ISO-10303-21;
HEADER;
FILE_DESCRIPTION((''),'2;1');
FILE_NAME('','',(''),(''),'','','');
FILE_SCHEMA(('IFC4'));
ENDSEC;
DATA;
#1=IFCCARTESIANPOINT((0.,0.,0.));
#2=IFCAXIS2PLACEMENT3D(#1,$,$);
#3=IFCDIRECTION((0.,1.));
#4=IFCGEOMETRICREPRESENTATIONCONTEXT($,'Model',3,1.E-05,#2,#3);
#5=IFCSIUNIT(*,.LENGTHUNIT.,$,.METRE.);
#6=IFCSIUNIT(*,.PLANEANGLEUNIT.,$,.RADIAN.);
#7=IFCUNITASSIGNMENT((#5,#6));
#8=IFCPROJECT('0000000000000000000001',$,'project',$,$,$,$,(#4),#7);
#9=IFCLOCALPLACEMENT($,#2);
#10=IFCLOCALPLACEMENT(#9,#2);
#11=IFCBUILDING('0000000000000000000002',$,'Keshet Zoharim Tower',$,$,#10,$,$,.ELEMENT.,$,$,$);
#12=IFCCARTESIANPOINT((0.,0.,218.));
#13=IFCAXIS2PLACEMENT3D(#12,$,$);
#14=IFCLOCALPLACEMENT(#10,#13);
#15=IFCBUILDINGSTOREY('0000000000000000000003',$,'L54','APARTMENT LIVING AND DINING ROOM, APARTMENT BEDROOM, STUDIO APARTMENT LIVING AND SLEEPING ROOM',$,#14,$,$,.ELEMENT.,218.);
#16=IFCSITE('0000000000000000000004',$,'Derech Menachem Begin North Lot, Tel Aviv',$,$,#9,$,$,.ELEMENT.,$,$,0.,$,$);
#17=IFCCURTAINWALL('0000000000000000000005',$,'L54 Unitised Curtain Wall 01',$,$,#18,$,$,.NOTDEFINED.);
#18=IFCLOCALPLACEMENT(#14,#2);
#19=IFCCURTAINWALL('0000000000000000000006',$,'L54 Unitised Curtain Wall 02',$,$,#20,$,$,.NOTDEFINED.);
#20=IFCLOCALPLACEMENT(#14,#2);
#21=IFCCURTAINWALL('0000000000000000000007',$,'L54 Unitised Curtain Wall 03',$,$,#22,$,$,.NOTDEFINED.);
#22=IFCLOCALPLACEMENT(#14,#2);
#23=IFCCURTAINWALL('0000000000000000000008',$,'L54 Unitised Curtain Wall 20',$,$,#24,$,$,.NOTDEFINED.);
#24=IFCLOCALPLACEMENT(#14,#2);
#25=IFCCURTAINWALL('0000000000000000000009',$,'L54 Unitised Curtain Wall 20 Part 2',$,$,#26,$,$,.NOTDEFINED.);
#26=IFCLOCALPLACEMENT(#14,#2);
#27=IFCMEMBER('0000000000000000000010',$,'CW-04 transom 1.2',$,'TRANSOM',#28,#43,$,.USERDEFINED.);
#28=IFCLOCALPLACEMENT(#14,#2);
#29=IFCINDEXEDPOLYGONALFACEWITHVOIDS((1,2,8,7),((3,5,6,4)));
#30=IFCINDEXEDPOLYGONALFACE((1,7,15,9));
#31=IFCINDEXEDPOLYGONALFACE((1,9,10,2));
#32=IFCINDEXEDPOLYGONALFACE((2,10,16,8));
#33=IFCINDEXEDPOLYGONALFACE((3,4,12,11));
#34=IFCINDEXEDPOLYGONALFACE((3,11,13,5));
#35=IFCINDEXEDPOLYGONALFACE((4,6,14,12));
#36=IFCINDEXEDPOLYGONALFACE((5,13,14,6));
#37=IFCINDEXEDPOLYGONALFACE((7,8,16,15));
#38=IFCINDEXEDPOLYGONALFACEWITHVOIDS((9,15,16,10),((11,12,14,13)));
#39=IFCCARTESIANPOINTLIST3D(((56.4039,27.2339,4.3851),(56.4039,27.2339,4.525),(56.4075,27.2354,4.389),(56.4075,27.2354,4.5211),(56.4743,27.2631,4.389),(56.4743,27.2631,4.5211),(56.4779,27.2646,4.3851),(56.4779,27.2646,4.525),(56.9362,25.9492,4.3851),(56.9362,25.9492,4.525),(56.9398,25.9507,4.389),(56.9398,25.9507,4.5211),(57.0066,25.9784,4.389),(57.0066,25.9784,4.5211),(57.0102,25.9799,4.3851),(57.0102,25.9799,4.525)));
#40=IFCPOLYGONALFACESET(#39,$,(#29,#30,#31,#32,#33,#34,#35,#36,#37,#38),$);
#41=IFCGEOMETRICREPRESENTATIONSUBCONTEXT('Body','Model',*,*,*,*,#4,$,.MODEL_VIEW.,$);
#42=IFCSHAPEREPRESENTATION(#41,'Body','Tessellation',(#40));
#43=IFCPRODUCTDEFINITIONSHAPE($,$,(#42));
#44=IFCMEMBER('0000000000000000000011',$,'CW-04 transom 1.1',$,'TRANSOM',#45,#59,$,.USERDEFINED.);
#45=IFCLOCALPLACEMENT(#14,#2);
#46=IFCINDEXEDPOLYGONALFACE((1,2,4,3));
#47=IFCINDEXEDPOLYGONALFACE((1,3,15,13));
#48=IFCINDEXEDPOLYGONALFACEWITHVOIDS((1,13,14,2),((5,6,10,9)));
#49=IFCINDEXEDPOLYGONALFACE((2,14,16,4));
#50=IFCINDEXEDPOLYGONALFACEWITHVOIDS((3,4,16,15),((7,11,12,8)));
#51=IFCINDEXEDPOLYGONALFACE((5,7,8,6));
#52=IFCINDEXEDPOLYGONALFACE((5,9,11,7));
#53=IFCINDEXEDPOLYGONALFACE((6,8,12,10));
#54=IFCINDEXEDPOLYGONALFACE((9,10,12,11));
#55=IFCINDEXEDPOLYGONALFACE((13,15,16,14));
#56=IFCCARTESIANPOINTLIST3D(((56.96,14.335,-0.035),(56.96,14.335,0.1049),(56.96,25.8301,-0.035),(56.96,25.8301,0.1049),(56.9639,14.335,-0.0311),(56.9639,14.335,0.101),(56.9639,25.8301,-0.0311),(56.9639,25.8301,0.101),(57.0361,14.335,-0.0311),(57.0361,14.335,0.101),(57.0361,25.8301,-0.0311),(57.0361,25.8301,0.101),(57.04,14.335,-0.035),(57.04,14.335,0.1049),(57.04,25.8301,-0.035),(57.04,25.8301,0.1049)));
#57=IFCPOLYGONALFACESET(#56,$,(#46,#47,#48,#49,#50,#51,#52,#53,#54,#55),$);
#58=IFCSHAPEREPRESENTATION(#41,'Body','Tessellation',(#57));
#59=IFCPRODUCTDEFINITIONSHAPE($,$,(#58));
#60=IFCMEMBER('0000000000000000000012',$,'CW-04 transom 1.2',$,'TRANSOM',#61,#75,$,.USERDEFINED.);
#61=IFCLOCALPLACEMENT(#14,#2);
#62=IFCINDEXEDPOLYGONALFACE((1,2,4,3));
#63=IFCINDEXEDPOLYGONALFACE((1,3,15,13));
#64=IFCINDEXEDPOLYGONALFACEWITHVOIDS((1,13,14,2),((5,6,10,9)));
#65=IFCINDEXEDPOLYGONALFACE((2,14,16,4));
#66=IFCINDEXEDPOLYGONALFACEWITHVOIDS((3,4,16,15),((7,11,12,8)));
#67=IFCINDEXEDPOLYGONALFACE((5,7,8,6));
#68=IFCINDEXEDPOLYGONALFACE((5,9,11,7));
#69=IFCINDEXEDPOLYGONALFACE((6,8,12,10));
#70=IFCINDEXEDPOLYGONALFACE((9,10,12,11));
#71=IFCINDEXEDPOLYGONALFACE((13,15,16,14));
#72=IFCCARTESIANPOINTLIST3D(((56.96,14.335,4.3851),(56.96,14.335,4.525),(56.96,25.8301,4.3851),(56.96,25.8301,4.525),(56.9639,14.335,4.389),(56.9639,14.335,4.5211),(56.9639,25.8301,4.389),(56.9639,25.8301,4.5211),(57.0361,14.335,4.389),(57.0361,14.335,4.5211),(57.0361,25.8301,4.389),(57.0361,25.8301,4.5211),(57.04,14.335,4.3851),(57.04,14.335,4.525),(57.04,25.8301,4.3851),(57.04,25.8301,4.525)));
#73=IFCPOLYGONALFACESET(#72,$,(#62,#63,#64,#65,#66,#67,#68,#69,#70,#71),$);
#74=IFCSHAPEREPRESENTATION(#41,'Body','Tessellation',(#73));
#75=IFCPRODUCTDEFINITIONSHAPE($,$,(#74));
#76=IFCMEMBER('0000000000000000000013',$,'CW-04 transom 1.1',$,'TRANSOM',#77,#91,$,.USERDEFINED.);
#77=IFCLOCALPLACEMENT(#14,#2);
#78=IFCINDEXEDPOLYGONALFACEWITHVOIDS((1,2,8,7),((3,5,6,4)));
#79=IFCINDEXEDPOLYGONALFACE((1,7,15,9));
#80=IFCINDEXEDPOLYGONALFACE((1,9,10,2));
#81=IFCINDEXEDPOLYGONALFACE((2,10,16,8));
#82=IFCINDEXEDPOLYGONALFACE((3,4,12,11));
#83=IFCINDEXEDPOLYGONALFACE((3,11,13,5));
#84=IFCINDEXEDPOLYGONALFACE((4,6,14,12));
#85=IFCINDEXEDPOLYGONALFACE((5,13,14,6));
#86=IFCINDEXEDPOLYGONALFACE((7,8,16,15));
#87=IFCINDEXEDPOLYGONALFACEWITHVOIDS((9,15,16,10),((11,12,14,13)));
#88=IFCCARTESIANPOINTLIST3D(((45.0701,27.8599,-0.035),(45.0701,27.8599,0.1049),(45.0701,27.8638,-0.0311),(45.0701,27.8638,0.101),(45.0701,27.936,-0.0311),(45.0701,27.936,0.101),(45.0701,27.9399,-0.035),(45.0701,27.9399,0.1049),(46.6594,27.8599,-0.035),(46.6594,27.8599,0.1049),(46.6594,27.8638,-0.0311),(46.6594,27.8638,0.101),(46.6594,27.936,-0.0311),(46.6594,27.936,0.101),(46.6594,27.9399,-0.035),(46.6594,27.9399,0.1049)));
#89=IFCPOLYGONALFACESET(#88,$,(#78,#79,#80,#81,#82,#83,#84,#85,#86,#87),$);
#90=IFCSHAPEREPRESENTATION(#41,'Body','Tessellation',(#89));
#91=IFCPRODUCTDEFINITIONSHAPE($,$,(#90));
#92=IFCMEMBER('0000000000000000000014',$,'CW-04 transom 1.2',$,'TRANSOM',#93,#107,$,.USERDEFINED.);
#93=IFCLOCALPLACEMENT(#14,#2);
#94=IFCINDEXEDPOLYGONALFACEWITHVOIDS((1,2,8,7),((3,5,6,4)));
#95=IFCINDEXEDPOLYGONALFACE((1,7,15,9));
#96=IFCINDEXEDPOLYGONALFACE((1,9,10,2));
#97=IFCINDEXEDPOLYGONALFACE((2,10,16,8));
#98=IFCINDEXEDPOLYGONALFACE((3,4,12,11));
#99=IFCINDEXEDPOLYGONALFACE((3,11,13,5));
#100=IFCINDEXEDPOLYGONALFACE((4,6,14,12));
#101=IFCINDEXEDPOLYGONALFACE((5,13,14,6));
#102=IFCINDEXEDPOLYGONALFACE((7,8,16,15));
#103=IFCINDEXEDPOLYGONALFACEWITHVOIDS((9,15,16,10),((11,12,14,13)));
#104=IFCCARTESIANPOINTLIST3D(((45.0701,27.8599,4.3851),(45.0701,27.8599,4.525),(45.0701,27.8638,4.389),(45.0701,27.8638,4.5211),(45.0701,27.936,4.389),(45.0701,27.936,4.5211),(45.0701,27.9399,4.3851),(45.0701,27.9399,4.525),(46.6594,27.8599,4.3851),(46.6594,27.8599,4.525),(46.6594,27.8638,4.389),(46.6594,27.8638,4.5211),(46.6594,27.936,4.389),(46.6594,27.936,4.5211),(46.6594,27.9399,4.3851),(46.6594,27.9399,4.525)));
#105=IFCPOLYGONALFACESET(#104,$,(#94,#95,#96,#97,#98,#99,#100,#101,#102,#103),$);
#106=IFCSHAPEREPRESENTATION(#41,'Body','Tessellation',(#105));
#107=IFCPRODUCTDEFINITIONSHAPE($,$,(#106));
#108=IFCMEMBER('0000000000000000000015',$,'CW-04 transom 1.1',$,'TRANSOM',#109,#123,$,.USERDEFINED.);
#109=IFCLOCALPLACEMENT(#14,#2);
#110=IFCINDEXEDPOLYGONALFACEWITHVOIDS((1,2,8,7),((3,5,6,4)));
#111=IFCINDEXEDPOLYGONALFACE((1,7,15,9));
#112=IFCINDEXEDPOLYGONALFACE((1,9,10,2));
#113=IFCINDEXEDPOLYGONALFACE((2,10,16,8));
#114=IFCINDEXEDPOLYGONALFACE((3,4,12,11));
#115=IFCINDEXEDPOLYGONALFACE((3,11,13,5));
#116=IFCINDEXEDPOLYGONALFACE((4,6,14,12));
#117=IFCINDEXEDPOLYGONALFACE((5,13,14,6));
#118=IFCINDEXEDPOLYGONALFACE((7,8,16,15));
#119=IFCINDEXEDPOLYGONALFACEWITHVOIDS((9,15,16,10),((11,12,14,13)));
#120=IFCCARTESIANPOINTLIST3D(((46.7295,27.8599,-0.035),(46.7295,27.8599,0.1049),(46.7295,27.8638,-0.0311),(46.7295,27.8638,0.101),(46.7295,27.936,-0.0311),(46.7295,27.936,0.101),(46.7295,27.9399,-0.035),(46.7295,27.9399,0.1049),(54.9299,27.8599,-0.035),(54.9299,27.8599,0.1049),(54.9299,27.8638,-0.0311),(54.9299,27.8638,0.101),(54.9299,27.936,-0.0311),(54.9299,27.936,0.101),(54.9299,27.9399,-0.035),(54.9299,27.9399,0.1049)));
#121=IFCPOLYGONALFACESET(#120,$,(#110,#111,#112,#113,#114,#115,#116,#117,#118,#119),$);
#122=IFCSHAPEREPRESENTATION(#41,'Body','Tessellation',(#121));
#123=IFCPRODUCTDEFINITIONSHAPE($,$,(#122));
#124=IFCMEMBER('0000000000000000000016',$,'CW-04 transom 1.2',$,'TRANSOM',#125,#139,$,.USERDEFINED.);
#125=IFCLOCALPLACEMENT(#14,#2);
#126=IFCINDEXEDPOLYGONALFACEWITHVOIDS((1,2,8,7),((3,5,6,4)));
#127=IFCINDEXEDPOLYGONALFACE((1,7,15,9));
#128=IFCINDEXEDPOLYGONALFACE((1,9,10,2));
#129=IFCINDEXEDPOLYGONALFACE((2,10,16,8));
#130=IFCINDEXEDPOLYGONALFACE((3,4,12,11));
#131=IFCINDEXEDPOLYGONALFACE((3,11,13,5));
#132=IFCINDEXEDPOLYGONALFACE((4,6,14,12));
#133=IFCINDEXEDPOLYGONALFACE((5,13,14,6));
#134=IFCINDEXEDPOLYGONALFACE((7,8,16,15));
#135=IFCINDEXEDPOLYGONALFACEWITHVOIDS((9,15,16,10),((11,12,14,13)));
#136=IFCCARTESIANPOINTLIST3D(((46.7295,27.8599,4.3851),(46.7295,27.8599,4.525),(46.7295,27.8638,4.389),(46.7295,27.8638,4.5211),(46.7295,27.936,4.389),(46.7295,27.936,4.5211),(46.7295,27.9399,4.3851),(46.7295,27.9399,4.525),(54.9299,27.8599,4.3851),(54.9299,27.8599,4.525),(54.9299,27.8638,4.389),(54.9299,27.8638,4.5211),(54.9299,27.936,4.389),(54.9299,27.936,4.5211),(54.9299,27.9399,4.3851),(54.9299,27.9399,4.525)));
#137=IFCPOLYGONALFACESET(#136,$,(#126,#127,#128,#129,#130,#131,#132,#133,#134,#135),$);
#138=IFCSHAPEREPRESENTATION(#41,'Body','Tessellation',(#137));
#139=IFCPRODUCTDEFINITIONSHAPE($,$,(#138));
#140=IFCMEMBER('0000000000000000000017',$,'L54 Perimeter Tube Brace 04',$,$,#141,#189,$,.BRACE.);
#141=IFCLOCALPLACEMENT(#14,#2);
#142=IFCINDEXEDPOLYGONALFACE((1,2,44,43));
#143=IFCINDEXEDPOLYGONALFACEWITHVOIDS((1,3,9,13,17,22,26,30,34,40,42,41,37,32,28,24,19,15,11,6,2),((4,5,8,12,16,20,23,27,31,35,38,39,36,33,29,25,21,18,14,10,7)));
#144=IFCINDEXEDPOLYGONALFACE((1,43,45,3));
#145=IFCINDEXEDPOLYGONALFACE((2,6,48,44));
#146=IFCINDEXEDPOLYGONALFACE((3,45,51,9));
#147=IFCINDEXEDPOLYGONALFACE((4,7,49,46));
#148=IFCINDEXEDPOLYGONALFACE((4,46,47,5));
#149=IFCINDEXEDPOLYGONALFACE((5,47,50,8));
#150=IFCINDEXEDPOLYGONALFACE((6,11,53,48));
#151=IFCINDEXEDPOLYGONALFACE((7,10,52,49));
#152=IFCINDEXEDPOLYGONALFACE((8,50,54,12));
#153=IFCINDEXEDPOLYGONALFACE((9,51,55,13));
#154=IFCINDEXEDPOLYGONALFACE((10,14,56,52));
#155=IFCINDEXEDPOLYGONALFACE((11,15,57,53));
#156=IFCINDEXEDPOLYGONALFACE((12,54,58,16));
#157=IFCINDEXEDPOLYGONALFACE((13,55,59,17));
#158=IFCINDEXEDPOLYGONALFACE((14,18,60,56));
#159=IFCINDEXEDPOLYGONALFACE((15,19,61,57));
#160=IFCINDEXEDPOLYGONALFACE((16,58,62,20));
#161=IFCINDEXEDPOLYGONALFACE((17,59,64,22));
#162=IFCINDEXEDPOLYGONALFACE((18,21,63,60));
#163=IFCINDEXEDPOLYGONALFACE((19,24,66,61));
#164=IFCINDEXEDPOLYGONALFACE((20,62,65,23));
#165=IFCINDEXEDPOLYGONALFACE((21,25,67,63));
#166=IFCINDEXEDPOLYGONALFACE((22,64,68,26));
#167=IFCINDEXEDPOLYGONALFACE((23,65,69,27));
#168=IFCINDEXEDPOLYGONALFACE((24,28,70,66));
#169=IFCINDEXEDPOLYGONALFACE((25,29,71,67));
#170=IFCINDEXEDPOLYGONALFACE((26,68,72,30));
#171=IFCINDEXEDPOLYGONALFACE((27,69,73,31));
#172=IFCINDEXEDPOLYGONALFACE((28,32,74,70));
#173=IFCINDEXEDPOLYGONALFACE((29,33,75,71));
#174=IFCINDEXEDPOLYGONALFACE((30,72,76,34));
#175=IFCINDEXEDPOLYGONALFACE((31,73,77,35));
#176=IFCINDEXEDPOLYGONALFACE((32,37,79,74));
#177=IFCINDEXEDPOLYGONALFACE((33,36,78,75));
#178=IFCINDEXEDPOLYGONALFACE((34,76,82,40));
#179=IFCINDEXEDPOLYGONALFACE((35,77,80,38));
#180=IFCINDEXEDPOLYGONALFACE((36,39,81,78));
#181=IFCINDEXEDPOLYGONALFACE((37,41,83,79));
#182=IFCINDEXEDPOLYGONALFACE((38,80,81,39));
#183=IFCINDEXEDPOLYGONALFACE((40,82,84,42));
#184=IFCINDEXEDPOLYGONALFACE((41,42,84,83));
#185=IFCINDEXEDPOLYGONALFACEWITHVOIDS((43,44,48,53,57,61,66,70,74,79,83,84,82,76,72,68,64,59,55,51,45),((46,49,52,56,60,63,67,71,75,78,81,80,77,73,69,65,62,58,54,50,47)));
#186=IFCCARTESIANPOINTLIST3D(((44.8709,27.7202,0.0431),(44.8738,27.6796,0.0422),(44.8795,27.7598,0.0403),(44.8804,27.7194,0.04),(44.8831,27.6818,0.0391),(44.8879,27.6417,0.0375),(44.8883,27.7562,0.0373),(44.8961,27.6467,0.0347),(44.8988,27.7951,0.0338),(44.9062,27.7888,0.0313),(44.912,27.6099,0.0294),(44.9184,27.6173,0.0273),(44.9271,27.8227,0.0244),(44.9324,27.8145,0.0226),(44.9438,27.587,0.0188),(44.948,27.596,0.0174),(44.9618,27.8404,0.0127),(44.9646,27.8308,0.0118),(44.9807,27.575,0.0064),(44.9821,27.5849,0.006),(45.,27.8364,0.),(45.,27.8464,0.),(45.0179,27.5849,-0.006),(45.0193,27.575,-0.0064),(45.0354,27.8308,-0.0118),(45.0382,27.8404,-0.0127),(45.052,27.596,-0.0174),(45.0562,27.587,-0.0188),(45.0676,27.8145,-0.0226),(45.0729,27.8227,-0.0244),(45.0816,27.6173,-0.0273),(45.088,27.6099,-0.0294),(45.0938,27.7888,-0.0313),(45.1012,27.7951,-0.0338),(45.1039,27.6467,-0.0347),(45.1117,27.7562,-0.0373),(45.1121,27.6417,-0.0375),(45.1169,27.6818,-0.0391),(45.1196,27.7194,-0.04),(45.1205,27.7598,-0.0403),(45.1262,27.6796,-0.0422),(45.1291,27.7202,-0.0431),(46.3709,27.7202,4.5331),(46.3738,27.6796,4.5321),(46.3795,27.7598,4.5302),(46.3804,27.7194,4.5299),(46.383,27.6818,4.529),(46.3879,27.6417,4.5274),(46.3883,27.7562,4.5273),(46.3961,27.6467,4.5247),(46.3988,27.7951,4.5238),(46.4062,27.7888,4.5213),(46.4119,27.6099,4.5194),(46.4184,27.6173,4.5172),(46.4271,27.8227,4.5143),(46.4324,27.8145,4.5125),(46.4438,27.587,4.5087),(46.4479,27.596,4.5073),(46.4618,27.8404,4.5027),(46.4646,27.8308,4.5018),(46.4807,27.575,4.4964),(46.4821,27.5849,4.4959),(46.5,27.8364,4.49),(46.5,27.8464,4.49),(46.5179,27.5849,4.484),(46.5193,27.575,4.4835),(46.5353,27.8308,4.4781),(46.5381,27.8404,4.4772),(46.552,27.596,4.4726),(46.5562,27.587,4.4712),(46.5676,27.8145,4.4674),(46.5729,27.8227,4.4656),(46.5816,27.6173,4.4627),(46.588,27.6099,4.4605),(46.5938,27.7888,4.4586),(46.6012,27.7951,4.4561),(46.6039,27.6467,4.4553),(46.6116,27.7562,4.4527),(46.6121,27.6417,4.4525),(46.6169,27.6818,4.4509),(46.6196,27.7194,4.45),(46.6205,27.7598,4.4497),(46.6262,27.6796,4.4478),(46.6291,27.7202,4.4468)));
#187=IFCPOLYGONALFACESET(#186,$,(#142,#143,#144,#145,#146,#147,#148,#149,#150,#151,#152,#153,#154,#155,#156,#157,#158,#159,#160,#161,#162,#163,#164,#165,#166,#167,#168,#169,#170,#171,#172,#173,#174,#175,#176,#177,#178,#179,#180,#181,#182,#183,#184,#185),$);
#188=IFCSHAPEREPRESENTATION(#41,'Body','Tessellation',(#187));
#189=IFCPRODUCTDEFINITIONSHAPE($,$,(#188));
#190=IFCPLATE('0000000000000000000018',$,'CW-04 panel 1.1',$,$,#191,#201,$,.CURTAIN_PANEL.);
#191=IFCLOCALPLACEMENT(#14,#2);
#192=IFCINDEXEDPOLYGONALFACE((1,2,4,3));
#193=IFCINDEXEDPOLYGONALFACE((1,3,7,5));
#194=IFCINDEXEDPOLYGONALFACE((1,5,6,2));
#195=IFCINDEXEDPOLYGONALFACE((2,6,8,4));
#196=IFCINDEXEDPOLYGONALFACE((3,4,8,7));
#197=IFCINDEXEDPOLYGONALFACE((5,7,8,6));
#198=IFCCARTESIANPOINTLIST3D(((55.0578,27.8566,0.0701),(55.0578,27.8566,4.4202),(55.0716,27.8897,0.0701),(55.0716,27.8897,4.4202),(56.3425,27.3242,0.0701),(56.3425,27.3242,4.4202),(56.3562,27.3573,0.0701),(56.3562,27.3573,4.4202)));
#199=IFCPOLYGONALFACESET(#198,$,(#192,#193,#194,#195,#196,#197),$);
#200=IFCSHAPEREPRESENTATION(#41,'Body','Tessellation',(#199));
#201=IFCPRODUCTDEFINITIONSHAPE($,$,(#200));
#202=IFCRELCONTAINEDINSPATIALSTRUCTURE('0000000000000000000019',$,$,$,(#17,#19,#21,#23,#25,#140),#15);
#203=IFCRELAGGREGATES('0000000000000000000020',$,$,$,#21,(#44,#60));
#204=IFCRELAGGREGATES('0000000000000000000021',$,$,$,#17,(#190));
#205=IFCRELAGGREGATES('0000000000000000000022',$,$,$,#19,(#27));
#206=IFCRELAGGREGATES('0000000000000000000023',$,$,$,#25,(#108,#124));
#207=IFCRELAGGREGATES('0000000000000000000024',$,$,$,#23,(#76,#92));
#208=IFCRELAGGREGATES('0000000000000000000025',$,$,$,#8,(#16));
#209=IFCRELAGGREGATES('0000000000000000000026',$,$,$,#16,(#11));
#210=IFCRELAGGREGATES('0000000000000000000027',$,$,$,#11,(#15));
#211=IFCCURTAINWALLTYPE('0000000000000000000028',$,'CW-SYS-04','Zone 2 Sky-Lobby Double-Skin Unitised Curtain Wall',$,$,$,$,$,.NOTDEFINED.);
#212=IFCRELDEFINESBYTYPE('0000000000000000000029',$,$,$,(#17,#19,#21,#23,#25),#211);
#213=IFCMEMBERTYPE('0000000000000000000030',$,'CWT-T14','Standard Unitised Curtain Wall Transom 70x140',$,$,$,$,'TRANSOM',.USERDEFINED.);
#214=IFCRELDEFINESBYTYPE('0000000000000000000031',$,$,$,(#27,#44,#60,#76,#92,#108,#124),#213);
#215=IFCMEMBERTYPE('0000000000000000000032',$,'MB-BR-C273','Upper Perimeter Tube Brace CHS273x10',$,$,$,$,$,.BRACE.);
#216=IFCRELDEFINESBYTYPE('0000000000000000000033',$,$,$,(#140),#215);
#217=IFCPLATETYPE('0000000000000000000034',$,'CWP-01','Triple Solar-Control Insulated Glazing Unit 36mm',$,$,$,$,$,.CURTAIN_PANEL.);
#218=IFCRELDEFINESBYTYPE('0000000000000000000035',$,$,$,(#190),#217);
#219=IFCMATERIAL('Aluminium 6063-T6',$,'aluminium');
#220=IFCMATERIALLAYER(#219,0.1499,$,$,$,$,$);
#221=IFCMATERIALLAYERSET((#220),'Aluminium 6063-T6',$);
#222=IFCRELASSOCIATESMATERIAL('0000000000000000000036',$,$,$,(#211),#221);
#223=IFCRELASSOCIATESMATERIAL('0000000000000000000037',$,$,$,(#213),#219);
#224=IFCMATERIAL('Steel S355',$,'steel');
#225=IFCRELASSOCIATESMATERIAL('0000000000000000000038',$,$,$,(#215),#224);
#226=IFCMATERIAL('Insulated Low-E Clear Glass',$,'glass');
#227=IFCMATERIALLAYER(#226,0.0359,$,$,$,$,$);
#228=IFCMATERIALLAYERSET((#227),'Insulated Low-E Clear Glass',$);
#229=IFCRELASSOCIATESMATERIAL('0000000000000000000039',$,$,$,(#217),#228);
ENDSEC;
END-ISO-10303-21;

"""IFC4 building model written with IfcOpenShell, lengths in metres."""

from ifc_helpers import new_model, si_unit, direction, frame, origin, origin_2d, place, context, subcontext, project, spatial, rectangle, hollow_rectangle, hollow_circle, extrude, material, layer, layer_set, material_profile, profile_set, type_object, element, aggregate, save


model = new_model("IFC4")

# Units and contexts
model_context = context("Model", 3, precision=1e-05, world=origin(), true_north=direction((0.0, 1.0)))
body_context = subcontext(model_context, "Body", "Model", "MODEL_VIEW")
ifc_project = project(units=[si_unit("LENGTHUNIT", "METRE"), si_unit("PLANEANGLEUNIT", "RADIAN")], contexts=[model_context])

# Site, building, storey
site_placement = place(None, origin())
site = spatial("IfcSite", under=ifc_project, at=site_placement, Name="Derech Menachem Begin North Lot, Tel Aviv", CompositionType="ELEMENT", RefElevation=0.0)
building_placement = place(site_placement, origin())
building = spatial("IfcBuilding", under=site, at=building_placement, Name="Keshet Zoharim Tower", CompositionType="ELEMENT")
storey_placement = place(building_placement, frame((0.0, 0.0, 218.0)))
storey = spatial("IfcBuildingStorey", under=building, at=storey_placement, Name="L54", Description="APARTMENT LIVING AND DINING ROOM, APARTMENT BEDROOM, STUDIO APARTMENT LIVING AND SLEEPING ROOM", CompositionType="ELEMENT", Elevation=218.0)

# Shared definitions
ifc_material_1 = material(Name="Steel S355", Category="steel")

# Curtain walls
ifc_material_2 = material(Name="Aluminium 6063-T6", Category="aluminium")
ifc_layer_1 = layer(ifc_material_2, 0.1499)
ifc_layer_set_1 = layer_set([ifc_layer_1], Name="Aluminium 6063-T6")
curtain_wall_type = type_object("IfcCurtainWallType", Name="CW-SYS-04", Description="Zone 2 Sky-Lobby Double-Skin Unitised Curtain Wall", PredefinedType="NOTDEFINED", material=ifc_layer_set_1)
curtain_wall_1_placement = place(storey_placement, origin())
curtain_wall_1 = element("IfcCurtainWall", 1, at=curtain_wall_1_placement, inside=storey, type_object=curtain_wall_type, Name="L54 Unitised Curtain Wall 01", PredefinedType="NOTDEFINED")
curtain_wall_2_placement = place(storey_placement, origin())
curtain_wall_2 = element("IfcCurtainWall", 2, at=curtain_wall_2_placement, inside=storey, type_object=curtain_wall_type, Name="L54 Unitised Curtain Wall 02", PredefinedType="NOTDEFINED")

# Curtain wall
curtain_wall_3_placement = place(storey_placement, origin())
curtain_wall_3 = element("IfcCurtainWall", 3, at=curtain_wall_3_placement, inside=storey, type_object=curtain_wall_type, Name="L54 Unitised Curtain Wall 03", PredefinedType="NOTDEFINED")

# Curtain wall
curtain_wall_4_placement = place(storey_placement, origin())
curtain_wall_4 = element("IfcCurtainWall", 4, at=curtain_wall_4_placement, inside=storey, type_object=curtain_wall_type, Name="L54 Unitised Curtain Wall 20", PredefinedType="NOTDEFINED")

# Curtain wall
curtain_wall_5_placement = place(storey_placement, origin())
curtain_wall_5 = element("IfcCurtainWall", 5, at=curtain_wall_5_placement, inside=storey, type_object=curtain_wall_type, Name="L54 Unitised Curtain Wall 20 Part 2", PredefinedType="NOTDEFINED")

# Members
ifc_material_profile_1 = material_profile(ifc_material_2, hollow_rectangle(XDim=0.0801, YDim=0.1399, WallThickness=0.0039, at=origin_2d()), Name="TRN-80x140")
ifc_profile_set_1 = profile_set([ifc_material_profile_1], Name="Aluminium 6063-T6")
member_type_1 = type_object("IfcMemberType", Name="CWT-T14", Description="Standard Unitised Curtain Wall Transom 70x140", ElementType="TRANSOM", PredefinedType="USERDEFINED", material=ifc_profile_set_1)
member_1_placement = place(storey_placement, frame((56.4409, 27.2493, 4.4551), z_axis=(0.382745, -0.923854, 0.0), x_axis=(0.923854, 0.382745, 0.0)))
member_1 = element("IfcMember", 6, at=member_1_placement, type_object=member_type_1, Name="CW-04 transom 1.2", ObjectType="TRANSOM", PredefinedType="USERDEFINED", context=body_context, shape_type="SweptSolid", body=[
    extrude(hollow_rectangle(XDim=0.0801, YDim=0.1399, WallThickness=0.0039, at=origin_2d()), origin(), (0.0, 0.0, 1.0), 1.3906),
])
member_2_placement = place(storey_placement, frame((57.0, 25.8301, 0.0349), z_axis=(0.0, -1.0, 0.0), x_axis=(1.0, 0.0, 0.0)))
member_2 = element("IfcMember", 7, at=member_2_placement, type_object=member_type_1, Name="CW-04 transom 1.1", ObjectType="TRANSOM", PredefinedType="USERDEFINED", context=body_context, shape_type="SweptSolid", body=[
    extrude(hollow_rectangle(XDim=0.0801, YDim=0.1399, WallThickness=0.0039, at=origin_2d()), origin(), (0.0, 0.0, 1.0), 11.4951),
])
member_3_placement = place(storey_placement, frame((57.0, 25.8301, 4.4551), z_axis=(0.0, -1.0, 0.0), x_axis=(1.0, 0.0, 0.0)))
member_3 = element("IfcMember", 8, at=member_3_placement, type_object=member_type_1, Name="CW-04 transom 1.2", ObjectType="TRANSOM", PredefinedType="USERDEFINED", context=body_context, shape_type="SweptSolid", body=[
    extrude(hollow_rectangle(XDim=0.0801, YDim=0.1399, WallThickness=0.0039, at=origin_2d()), origin(), (0.0, 0.0, 1.0), 11.4951),
])
aggregate(curtain_wall_3, [member_2, member_3])
member_4_placement = place(storey_placement, frame((45.0701, 27.8999, 0.0349), z_axis=(1.0, 0.0, 0.0), x_axis=(0.0, 1.0, 0.0)))
member_4 = element("IfcMember", 9, at=member_4_placement, type_object=member_type_1, Name="CW-04 transom 1.1", ObjectType="TRANSOM", PredefinedType="USERDEFINED", context=body_context, shape_type="SweptSolid", body=[
    extrude(hollow_rectangle(XDim=0.0801, YDim=0.1399, WallThickness=0.0039, at=origin_2d()), origin(), (0.0, 0.0, 1.0), 1.5894),
])
member_5_placement = place(storey_placement, frame((45.0701, 27.8999, 4.4551), z_axis=(1.0, 0.0, 0.0), x_axis=(0.0, 1.0, 0.0)))
member_5 = element("IfcMember", 10, at=member_5_placement, type_object=member_type_1, Name="CW-04 transom 1.2", ObjectType="TRANSOM", PredefinedType="USERDEFINED", context=body_context, shape_type="SweptSolid", body=[
    extrude(hollow_rectangle(XDim=0.0801, YDim=0.1399, WallThickness=0.0039, at=origin_2d()), origin(), (0.0, 0.0, 1.0), 1.5894),
])
member_6_placement = place(storey_placement, frame((46.7295, 27.8999, 0.0349), z_axis=(1.0, 0.0, 0.0), x_axis=(0.0, 1.0, 0.0)))
member_6 = element("IfcMember", 11, at=member_6_placement, type_object=member_type_1, Name="CW-04 transom 1.1", ObjectType="TRANSOM", PredefinedType="USERDEFINED", context=body_context, shape_type="SweptSolid", body=[
    extrude(hollow_rectangle(XDim=0.0801, YDim=0.1399, WallThickness=0.0039, at=origin_2d()), origin(), (0.0, 0.0, 1.0), 8.2004),
])
member_7_placement = place(storey_placement, frame((46.7295, 27.8999, 4.4551), z_axis=(1.0, 0.0, 0.0), x_axis=(0.0, 1.0, 0.0)))
member_7 = element("IfcMember", 12, at=member_7_placement, type_object=member_type_1, Name="CW-04 transom 1.2", ObjectType="TRANSOM", PredefinedType="USERDEFINED", context=body_context, shape_type="SweptSolid", body=[
    extrude(hollow_rectangle(XDim=0.0801, YDim=0.1399, WallThickness=0.0039, at=origin_2d()), origin(), (0.0, 0.0, 1.0), 8.2004),
])
ifc_material_profile_2 = material_profile(ifc_material_1, hollow_circle(Radius=0.1365, WallThickness=0.01, at=origin_2d()), Name="CHS273x10")
ifc_profile_set_2 = profile_set([ifc_material_profile_2], Name="Steel S355")
member_type_2 = type_object("IfcMemberType", Name="MB-BR-C273", Description="Upper Perimeter Tube Brace CHS273x10", PredefinedType="BRACE", material=ifc_profile_set_2)
member_8_placement = place(storey_placement, frame((45.0, 27.71, 0.0), z_axis=(0.316862, 0.0, 0.948472), x_axis=(0.0, 1.0, 0.0)))
element("IfcMember", 13, at=member_8_placement, inside=storey, type_object=member_type_2, Name="L54 Perimeter Tube Brace 04", PredefinedType="BRACE", context=body_context, shape_type="SweptSolid", body=[
    extrude(hollow_circle(Radius=0.1365, WallThickness=0.01, at=origin_2d()), origin(), (0.0, 0.0, 1.0), 4.7339),
])

# Plate
ifc_material_3 = material(Name="Insulated Low-E Clear Glass", Category="glass")
ifc_layer_2 = layer(ifc_material_3, 0.0359)
ifc_layer_set_2 = layer_set([ifc_layer_2], Name="Insulated Low-E Clear Glass")
plate_type_1 = type_object("IfcPlateType", Name="CWP-01", Description="Triple Solar-Control Insulated Glazing Unit 36mm", PredefinedType="CURTAIN_PANEL", material=ifc_layer_set_2)
plate_1_placement = place(storey_placement, frame((55.707, 27.6069, 0.0701), z_axis=(0.0, 0.0, 1.0), x_axis=(0.92381, -0.382852, 0.0)))
plate_1 = element("IfcPlate", 14, at=plate_1_placement, type_object=plate_type_1, Name="CW-04 panel 1.1", PredefinedType="CURTAIN_PANEL", context=body_context, shape_type="SweptSolid", body=[
    extrude(rectangle(XDim=1.3906, YDim=0.0359, at=origin_2d()), origin(), (0.0, 0.0, 1.0), 4.3501),
])
aggregate(curtain_wall_1, [plate_1])
aggregate(curtain_wall_2, [member_1])
aggregate(curtain_wall_5, [member_6, member_7])
aggregate(curtain_wall_4, [member_4, member_5])

save(model, "model.ifc")
